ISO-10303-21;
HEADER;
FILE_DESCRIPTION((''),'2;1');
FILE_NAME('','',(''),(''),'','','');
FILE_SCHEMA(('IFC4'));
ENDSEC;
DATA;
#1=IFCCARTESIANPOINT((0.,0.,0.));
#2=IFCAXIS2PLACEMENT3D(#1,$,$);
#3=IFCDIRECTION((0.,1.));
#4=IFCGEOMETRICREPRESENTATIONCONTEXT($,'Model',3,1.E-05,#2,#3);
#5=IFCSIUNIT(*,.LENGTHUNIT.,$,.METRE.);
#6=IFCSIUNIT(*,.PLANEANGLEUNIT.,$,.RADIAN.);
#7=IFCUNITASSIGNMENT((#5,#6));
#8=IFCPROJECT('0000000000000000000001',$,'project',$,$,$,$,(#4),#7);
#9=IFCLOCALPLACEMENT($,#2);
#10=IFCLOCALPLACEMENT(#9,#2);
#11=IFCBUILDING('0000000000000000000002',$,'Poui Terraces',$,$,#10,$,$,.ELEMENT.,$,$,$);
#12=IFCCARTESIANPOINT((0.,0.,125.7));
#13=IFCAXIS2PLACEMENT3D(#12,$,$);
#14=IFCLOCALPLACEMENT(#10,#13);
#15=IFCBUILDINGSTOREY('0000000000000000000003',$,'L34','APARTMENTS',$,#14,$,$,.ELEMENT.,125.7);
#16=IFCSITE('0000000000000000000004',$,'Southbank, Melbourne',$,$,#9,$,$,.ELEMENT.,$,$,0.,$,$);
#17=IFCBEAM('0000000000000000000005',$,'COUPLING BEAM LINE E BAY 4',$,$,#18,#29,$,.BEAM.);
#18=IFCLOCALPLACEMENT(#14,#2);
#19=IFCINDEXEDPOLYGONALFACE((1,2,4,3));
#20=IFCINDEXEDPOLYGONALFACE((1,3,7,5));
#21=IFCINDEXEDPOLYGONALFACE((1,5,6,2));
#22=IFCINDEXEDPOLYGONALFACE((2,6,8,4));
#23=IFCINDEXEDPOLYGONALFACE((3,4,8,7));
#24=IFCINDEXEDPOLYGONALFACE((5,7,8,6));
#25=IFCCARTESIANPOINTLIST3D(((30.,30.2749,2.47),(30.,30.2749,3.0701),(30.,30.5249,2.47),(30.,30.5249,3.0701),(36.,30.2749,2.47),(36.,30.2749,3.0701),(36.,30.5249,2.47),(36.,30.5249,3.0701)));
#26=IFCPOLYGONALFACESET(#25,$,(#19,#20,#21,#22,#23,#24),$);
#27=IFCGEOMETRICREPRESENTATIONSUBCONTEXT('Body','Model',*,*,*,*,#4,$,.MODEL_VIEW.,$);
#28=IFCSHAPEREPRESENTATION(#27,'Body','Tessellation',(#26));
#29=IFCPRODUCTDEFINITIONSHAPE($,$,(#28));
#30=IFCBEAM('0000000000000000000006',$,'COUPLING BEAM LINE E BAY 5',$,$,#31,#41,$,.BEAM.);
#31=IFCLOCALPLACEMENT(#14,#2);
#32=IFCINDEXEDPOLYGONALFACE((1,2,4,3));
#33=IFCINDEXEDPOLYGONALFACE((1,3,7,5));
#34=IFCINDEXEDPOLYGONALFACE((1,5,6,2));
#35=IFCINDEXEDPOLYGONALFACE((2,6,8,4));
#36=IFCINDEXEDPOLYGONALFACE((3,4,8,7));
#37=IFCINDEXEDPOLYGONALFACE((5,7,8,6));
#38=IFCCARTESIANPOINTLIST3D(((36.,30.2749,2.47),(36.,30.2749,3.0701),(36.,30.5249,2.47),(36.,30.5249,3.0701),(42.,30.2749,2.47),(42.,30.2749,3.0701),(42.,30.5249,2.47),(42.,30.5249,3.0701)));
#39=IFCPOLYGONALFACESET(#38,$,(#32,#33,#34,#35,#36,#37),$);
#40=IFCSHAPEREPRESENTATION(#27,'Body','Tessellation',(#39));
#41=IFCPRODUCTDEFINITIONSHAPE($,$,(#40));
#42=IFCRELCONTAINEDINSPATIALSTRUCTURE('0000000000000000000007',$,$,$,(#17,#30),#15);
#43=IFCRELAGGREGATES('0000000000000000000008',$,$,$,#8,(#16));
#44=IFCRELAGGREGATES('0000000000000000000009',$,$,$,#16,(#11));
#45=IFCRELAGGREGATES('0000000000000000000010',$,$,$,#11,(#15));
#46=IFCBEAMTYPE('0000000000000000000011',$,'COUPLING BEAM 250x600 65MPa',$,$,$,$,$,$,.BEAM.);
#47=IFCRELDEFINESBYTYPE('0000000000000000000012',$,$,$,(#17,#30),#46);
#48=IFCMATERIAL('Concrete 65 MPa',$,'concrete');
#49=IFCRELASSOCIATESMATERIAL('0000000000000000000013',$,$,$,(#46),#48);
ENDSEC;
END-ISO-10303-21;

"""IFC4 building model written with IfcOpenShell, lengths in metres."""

from ifc_helpers import new_model, si_unit, direction, frame, origin, origin_2d, place, context, subcontext, project, spatial, rectangle, extrude, source, transform, mapped, material, material_profile, profile_set, type_object, element, save


model = new_model("IFC4")

# Units and contexts
model_context = context("Model", 3, precision=1e-05, world=origin(), true_north=direction((0.0, 1.0)))
body_context = subcontext(model_context, "Body", "Model", "MODEL_VIEW")
ifc_project = project(units=[si_unit("LENGTHUNIT", "METRE"), si_unit("PLANEANGLEUNIT", "RADIAN")], contexts=[model_context])

# Site, building, storey
site_placement = place(None, origin())
site = spatial("IfcSite", under=ifc_project, at=site_placement, Name="Southbank, Melbourne", CompositionType="ELEMENT", RefElevation=0.0)
building_placement = place(site_placement, origin())
building = spatial("IfcBuilding", under=site, at=building_placement, Name="Poui Terraces", CompositionType="ELEMENT")
storey_placement = place(building_placement, frame((0.0, 0.0, 125.7)))
storey = spatial("IfcBuildingStorey", under=building, at=storey_placement, Name="L34", Description="APARTMENTS", CompositionType="ELEMENT", Elevation=125.7)

# Beams
ifc_material_1 = material(Name="Concrete 65 MPa", Category="concrete")
ifc_material_profile = material_profile(ifc_material_1, rectangle(XDim=0.25, YDim=0.6001, at=origin_2d()), Name="RC 250x600")
ifc_profile_set = profile_set([ifc_material_profile], Name="Concrete 65 MPa")
beam_type = type_object("IfcBeamType", Name="COUPLING BEAM 250x600 65MPa", PredefinedType="BEAM", material=ifc_profile_set)
shared_shape = source(origin(), body_context, "Body", "SweptSolid", [
    extrude(rectangle(XDim=0.25, YDim=0.6001, at=origin_2d()), origin(), (0.0, 0.0, 1.0), 6.0),
])
for number, where, z_axis, x_axis, name in (
    (1, (30.0, 30.3999, 2.77), (1.0, 0.0, 0.0), (0.0, 1.0, 0.0), "COUPLING BEAM LINE E BAY 4"),
    (2, (36.0, 30.3999, 2.77), (1.0, 0.0, 0.0), (0.0, 1.0, 0.0), "COUPLING BEAM LINE E BAY 5"),
):
    element("IfcBeam", number, at=place(storey_placement, frame(where, z_axis=z_axis, x_axis=x_axis)), inside=storey, type_object=beam_type, Name=name, PredefinedType="BEAM", context=body_context, shape_type="MappedRepresentation", body=[
        mapped(shared_shape, transform((0.0, 0.0, 0.0))),
    ])

save(model, "model.ifc")
